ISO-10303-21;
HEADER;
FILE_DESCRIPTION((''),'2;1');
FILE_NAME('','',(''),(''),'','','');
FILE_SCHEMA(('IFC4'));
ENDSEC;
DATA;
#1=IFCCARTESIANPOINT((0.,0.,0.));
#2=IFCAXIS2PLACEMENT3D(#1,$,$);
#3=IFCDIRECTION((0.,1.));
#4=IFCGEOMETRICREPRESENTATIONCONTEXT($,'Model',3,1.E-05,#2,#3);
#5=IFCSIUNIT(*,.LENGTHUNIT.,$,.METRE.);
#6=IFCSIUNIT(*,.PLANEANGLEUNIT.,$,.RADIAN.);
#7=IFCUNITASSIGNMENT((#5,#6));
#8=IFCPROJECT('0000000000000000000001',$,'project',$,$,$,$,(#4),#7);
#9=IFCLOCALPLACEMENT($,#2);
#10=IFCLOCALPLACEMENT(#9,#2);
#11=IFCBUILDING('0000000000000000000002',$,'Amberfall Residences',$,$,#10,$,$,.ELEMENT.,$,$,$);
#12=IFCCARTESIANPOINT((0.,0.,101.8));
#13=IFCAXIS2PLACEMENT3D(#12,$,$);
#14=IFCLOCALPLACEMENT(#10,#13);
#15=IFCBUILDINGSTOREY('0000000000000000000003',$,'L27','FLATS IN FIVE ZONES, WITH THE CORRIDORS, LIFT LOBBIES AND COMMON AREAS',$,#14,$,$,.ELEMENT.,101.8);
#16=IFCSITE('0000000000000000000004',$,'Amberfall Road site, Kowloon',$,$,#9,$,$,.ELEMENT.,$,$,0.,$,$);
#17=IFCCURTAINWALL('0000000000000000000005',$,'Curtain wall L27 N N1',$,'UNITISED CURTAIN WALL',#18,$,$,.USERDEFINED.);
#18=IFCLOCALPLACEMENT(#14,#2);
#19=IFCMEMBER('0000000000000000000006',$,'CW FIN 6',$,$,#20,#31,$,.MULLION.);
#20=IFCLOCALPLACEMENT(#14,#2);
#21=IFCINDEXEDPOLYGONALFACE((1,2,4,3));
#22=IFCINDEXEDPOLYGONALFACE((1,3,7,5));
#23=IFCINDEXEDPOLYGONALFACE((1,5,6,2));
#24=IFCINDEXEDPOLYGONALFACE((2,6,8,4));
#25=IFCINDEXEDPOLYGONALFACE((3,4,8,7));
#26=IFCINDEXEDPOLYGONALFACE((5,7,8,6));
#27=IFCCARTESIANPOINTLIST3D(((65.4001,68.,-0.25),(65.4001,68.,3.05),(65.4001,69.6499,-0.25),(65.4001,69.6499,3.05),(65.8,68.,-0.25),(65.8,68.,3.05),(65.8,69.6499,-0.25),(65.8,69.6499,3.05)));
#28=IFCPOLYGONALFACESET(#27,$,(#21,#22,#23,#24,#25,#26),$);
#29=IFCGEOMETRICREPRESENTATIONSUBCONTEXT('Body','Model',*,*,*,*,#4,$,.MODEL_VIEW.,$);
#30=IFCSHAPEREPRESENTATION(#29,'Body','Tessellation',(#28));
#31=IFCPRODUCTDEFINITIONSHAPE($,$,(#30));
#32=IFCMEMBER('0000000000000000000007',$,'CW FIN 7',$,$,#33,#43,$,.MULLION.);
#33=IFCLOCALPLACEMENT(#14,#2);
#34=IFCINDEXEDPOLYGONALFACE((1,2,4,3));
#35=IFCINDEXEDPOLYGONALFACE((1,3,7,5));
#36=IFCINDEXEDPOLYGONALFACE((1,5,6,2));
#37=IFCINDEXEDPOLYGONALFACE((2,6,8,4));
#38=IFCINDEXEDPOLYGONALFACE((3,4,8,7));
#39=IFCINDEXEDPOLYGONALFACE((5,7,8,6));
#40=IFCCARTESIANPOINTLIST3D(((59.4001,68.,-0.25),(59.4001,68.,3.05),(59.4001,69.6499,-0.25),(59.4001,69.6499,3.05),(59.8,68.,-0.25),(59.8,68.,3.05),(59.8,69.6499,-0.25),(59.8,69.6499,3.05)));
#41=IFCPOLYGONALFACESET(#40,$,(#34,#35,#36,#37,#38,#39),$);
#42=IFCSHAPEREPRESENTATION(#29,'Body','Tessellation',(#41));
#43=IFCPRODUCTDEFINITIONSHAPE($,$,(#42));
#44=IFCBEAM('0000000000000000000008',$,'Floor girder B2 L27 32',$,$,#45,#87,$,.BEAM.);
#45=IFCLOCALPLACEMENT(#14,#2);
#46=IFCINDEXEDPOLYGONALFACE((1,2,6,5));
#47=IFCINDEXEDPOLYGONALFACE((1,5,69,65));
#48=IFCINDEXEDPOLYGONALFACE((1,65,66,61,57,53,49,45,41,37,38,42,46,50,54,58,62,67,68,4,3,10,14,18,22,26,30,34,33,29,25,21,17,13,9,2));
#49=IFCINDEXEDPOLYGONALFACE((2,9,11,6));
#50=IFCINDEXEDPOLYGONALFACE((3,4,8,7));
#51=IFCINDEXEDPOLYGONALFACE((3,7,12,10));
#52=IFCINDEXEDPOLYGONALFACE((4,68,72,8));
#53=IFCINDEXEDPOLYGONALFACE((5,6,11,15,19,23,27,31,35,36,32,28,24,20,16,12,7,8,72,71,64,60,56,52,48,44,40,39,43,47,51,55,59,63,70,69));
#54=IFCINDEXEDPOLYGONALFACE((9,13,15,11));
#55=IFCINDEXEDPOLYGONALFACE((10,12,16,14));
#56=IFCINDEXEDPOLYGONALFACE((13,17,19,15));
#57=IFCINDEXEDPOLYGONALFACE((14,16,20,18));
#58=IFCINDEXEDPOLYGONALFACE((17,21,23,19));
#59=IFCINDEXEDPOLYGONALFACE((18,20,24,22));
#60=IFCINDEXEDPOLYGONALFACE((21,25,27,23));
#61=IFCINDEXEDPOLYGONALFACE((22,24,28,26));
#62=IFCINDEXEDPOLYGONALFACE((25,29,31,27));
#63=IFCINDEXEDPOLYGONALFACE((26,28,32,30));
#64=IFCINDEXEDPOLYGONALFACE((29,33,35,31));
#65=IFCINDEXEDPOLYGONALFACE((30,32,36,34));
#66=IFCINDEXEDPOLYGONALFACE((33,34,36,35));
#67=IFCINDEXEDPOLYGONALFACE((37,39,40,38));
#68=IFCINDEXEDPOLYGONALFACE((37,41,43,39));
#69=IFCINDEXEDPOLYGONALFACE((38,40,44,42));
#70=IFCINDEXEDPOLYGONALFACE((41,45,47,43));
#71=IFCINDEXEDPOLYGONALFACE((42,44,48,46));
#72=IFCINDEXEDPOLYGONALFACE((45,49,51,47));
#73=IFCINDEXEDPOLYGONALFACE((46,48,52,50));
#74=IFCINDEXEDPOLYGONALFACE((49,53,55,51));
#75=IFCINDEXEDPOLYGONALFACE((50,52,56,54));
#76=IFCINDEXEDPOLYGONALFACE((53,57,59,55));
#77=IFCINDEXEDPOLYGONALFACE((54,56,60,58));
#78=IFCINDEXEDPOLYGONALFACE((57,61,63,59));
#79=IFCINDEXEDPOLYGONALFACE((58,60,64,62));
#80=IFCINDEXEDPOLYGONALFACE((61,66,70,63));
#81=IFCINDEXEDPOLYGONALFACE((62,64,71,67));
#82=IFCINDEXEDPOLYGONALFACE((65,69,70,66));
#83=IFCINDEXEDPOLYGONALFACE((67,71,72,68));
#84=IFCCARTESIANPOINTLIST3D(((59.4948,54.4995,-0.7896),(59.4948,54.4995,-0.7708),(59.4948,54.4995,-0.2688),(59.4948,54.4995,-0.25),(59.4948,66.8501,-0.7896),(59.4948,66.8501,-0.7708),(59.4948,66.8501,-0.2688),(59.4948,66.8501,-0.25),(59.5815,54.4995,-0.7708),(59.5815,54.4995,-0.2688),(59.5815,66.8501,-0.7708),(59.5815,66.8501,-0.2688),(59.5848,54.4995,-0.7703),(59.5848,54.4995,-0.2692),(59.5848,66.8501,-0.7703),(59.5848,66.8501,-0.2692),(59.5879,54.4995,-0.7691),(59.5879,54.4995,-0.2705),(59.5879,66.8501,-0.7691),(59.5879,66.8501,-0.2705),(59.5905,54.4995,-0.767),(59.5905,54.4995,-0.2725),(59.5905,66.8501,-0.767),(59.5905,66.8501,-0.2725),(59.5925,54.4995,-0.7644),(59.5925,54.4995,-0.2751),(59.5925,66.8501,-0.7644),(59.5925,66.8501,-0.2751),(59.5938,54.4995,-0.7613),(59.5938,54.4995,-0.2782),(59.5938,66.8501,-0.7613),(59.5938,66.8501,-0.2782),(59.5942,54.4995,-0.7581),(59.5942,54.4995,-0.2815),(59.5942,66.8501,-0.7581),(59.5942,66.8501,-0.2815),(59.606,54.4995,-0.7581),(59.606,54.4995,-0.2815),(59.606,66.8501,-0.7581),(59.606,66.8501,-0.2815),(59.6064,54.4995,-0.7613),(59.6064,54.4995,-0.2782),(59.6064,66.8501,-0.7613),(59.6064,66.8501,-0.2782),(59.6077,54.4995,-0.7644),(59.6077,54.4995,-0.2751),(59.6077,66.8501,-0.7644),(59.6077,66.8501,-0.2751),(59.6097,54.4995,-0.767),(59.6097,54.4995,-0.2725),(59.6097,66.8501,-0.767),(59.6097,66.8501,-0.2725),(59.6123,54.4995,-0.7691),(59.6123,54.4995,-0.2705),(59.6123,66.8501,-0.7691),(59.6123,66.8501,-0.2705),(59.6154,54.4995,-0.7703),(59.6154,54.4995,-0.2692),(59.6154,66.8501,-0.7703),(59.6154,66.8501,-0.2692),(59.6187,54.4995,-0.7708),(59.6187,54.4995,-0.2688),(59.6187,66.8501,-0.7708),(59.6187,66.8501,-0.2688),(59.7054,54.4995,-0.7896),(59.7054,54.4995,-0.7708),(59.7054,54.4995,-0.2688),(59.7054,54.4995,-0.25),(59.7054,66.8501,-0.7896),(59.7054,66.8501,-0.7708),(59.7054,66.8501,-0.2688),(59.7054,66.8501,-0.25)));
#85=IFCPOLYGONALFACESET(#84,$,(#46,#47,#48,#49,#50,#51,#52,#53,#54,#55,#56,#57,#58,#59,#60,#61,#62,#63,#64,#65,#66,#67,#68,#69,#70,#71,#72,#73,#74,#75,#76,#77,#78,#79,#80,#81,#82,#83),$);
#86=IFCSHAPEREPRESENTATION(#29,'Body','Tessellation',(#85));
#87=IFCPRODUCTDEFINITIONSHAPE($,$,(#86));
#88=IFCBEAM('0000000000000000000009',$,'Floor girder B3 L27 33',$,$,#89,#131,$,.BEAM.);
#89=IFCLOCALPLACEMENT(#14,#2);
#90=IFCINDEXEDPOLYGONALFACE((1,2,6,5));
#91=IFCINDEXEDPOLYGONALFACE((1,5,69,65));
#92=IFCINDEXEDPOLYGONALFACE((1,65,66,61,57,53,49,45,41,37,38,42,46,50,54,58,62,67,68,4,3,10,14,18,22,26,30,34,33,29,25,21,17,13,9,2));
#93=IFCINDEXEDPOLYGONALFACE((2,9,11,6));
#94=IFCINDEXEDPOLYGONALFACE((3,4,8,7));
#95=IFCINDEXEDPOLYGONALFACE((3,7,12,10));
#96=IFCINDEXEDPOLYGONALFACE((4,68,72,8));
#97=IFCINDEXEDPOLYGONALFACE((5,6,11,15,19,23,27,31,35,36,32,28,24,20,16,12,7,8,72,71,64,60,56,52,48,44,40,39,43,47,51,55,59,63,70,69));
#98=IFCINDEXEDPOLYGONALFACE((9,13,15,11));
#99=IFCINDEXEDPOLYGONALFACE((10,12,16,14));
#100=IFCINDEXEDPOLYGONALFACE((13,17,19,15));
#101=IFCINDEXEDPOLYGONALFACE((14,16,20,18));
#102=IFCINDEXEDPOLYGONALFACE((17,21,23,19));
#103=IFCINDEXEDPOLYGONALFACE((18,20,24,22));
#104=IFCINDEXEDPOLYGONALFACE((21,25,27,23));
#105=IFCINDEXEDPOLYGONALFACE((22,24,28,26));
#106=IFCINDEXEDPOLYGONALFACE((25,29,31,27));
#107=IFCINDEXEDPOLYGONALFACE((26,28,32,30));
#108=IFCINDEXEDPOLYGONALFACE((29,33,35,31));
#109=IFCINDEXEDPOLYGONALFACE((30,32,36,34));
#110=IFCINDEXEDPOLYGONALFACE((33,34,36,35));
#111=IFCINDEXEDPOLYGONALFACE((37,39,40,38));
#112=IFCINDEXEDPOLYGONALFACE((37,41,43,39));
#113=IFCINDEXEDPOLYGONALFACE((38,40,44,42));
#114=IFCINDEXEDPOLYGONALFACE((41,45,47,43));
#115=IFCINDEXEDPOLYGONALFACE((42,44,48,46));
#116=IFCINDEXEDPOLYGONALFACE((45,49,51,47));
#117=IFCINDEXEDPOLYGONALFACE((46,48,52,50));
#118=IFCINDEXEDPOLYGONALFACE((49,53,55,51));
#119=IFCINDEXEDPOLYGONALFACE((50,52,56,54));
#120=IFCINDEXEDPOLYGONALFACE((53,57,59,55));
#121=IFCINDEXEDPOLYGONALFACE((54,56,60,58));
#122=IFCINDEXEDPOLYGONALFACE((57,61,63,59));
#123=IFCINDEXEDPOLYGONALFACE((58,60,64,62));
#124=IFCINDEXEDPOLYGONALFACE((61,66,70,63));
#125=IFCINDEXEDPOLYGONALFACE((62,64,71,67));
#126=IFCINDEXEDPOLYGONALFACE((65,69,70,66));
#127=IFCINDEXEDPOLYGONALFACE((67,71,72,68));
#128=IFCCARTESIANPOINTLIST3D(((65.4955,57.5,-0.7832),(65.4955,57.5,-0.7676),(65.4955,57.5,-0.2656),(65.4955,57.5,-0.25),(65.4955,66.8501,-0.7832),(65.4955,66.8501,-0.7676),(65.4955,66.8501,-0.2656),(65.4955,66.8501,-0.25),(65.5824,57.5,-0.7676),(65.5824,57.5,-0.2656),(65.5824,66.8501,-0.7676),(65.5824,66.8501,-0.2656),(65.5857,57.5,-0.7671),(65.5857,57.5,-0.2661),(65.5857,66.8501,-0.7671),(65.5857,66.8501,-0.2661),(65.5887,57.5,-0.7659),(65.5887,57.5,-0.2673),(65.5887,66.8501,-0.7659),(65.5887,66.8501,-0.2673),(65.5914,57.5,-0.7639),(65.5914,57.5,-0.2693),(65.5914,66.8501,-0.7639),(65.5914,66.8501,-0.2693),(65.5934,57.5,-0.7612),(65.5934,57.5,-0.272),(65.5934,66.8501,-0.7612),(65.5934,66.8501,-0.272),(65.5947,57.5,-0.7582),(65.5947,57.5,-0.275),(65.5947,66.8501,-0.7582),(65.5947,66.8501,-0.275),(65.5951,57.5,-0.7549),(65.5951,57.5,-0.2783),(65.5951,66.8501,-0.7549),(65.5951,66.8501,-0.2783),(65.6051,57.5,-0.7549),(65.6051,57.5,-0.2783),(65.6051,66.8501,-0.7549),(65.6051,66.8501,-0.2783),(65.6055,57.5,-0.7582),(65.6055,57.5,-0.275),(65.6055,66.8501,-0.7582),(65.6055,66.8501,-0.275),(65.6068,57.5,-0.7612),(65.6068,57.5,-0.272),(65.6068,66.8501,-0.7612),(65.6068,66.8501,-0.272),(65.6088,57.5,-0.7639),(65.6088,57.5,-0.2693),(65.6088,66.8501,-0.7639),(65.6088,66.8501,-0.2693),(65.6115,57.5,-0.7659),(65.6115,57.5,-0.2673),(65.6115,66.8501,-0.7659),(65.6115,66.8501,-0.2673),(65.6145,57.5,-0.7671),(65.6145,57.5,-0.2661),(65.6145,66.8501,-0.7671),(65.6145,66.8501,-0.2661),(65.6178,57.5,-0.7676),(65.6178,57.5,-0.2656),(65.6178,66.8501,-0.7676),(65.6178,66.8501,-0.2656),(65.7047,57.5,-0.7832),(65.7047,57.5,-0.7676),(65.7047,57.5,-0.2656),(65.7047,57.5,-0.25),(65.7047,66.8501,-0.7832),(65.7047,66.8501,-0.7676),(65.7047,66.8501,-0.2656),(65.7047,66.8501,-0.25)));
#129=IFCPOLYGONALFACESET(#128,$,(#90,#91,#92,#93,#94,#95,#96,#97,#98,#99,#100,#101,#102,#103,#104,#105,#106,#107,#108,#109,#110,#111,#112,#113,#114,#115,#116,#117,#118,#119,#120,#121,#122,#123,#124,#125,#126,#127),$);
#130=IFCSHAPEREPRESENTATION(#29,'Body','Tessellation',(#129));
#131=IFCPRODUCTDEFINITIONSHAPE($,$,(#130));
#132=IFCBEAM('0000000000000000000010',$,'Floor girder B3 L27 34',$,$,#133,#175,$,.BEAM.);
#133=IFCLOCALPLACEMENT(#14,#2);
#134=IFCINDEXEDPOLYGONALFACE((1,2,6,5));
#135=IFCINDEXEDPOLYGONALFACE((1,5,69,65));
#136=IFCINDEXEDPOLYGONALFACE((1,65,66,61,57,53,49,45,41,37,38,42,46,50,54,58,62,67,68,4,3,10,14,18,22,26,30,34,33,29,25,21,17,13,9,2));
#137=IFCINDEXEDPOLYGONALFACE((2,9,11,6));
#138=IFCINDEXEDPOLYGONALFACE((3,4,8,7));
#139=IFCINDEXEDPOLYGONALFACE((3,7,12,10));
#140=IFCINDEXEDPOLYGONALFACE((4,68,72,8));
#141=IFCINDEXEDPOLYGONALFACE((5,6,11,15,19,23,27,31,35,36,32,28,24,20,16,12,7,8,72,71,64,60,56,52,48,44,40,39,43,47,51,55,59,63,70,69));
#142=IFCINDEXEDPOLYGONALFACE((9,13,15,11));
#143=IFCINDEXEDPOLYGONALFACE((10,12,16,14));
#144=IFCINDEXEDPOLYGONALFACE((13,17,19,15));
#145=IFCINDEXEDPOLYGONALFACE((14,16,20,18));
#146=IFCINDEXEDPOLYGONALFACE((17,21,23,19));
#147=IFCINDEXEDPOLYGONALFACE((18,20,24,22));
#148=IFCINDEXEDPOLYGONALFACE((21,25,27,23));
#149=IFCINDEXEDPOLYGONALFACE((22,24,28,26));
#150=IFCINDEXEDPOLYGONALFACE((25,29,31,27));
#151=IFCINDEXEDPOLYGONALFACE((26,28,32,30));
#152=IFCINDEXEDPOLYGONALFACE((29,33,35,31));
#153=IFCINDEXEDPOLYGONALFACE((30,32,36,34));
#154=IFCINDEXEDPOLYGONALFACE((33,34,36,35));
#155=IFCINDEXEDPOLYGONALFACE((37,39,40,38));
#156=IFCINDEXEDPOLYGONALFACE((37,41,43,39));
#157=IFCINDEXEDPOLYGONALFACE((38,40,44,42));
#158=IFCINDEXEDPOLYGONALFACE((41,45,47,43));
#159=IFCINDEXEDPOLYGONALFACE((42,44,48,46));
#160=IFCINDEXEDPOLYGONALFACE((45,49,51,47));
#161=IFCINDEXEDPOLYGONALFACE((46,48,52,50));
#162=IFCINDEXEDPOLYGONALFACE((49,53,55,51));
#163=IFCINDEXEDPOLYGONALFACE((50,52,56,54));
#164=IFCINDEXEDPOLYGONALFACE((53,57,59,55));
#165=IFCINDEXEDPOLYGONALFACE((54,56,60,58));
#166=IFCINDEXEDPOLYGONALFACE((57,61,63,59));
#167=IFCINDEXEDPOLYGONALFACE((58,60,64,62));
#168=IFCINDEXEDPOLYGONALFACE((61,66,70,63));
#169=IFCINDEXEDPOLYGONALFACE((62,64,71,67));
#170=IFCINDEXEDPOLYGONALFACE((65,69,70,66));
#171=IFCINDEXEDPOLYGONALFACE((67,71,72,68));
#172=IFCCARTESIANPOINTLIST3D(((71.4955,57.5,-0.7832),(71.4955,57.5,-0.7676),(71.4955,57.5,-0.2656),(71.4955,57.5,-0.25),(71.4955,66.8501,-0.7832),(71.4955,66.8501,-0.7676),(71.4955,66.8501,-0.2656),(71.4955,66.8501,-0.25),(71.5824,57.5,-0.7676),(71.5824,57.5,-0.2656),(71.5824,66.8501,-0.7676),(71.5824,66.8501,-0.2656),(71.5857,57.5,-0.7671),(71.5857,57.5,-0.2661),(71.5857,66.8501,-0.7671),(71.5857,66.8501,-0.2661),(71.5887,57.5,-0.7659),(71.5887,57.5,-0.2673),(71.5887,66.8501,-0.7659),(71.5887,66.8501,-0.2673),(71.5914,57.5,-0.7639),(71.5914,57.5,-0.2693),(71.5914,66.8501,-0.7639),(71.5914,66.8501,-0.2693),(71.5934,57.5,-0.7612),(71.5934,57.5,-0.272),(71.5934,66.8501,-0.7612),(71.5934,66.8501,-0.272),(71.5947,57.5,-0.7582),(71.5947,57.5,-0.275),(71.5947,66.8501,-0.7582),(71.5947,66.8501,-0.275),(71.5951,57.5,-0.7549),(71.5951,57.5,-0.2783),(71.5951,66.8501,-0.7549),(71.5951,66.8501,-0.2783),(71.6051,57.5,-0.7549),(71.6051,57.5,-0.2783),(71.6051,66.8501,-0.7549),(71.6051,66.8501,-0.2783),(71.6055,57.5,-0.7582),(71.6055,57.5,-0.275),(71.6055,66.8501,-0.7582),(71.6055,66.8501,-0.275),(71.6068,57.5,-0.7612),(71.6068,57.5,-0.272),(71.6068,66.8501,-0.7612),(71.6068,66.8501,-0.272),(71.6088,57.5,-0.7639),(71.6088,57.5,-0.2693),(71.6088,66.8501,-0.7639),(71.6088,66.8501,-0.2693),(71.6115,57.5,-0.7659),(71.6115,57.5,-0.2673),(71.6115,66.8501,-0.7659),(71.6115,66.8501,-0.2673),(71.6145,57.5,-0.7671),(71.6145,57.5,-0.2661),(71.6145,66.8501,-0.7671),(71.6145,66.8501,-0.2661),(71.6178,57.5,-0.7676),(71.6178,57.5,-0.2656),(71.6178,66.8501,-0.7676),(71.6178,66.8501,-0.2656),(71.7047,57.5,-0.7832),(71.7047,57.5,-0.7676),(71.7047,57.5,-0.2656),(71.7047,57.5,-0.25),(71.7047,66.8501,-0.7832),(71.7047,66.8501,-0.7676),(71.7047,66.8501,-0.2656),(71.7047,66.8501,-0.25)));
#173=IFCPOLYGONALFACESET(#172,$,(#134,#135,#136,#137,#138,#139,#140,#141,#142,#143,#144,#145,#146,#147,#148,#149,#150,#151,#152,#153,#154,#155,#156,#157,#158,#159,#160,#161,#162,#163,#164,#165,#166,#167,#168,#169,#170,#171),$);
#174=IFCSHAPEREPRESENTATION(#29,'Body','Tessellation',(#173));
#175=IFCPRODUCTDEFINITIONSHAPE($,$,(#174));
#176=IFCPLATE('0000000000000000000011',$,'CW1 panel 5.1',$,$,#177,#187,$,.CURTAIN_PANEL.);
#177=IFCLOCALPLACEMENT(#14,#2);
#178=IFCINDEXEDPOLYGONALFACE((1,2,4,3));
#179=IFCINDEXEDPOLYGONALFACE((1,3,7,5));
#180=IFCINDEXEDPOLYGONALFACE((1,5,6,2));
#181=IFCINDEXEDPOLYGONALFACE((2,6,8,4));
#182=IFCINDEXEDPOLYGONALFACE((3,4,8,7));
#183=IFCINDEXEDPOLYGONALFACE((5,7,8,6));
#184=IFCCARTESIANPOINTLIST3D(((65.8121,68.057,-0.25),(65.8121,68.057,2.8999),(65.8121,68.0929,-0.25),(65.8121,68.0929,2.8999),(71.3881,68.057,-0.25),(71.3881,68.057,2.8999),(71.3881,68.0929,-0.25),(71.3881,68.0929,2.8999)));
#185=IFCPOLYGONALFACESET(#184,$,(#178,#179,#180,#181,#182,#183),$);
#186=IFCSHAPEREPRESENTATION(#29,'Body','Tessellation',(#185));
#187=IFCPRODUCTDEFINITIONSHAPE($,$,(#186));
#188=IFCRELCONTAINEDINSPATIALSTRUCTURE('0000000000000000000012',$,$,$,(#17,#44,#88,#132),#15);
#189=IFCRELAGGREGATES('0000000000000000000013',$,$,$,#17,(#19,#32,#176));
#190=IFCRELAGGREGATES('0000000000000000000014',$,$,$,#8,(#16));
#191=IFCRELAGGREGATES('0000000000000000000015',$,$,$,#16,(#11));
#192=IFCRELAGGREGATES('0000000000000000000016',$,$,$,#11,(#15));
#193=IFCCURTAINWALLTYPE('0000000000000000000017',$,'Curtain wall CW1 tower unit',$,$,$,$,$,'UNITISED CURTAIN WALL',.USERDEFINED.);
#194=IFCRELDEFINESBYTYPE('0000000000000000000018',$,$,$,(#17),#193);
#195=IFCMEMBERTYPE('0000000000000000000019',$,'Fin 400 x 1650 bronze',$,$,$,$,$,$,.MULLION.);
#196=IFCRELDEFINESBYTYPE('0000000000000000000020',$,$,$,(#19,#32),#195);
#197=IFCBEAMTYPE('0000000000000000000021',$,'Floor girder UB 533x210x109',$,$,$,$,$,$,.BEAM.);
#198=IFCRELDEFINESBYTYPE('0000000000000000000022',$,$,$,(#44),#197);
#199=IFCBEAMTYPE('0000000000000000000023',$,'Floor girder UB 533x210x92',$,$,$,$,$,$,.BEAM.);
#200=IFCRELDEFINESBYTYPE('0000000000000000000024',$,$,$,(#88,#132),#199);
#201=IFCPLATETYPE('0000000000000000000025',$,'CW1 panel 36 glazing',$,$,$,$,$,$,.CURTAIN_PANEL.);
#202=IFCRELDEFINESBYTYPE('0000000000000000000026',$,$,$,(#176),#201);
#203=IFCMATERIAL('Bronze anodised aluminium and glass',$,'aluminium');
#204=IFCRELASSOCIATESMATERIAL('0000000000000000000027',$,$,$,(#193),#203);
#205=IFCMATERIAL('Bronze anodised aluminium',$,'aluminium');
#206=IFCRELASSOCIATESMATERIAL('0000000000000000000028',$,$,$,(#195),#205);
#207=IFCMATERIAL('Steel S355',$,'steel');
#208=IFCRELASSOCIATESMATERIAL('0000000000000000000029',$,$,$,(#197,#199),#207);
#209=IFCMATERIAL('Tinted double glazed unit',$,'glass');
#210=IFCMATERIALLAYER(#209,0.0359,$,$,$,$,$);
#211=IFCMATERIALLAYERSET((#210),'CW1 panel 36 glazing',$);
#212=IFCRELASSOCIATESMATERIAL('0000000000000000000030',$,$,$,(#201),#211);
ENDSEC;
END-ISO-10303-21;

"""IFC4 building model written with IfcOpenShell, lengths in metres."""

from ifc_helpers import new_model, si_unit, direction, frame, origin, origin_2d, place, context, subcontext, project, spatial, rectangle, i_section, extrude, material, layer, layer_set, material_profile, profile_set, type_object, element, aggregate, save


model = new_model("IFC4")

# Units and contexts
model_context = context("Model", 3, precision=1e-05, world=origin(), true_north=direction((0.0, 1.0)))
body_context = subcontext(model_context, "Body", "Model", "MODEL_VIEW")
ifc_project = project(units=[si_unit("LENGTHUNIT", "METRE"), si_unit("PLANEANGLEUNIT", "RADIAN")], contexts=[model_context])

# Site, building, storey
site_placement = place(None, origin())
site = spatial("IfcSite", under=ifc_project, at=site_placement, Name="Amberfall Road site, Kowloon", CompositionType="ELEMENT", RefElevation=0.0)
building_placement = place(site_placement, origin())
building = spatial("IfcBuilding", under=site, at=building_placement, Name="Amberfall Residences", CompositionType="ELEMENT")
storey_placement = place(building_placement, frame((0.0, 0.0, 101.8)))
storey = spatial("IfcBuildingStorey", under=building, at=storey_placement, Name="L27", Description="FLATS IN FIVE ZONES, WITH THE CORRIDORS, LIFT LOBBIES AND COMMON AREAS", CompositionType="ELEMENT", Elevation=101.8)

# Curtain wall
ifc_material_1 = material(Name="Bronze anodised aluminium and glass", Category="aluminium")
curtain_wall_type = type_object("IfcCurtainWallType", Name="Curtain wall CW1 tower unit", ElementType="UNITISED CURTAIN WALL", PredefinedType="USERDEFINED", material=ifc_material_1)
curtain_wall_placement = place(storey_placement, origin())
curtain_wall = element("IfcCurtainWall", 1, at=curtain_wall_placement, inside=storey, type_object=curtain_wall_type, Name="Curtain wall L27 N N1", ObjectType="UNITISED CURTAIN WALL", PredefinedType="USERDEFINED")
ifc_material_2 = material(Name="Bronze anodised aluminium", Category="aluminium")

# Shared definitions
ifc_material_3 = material(Name="Steel S355", Category="steel")

# Members
ifc_material_profile_1 = material_profile(ifc_material_2, rectangle(XDim=1.6499, YDim=0.3999, at=origin_2d()), Name="Fin 400 x 1650 bronze")
ifc_profile_set_1 = profile_set([ifc_material_profile_1], Name="Bronze anodised aluminium")
member_type_1 = type_object("IfcMemberType", Name="Fin 400 x 1650 bronze", PredefinedType="MULLION", material=ifc_profile_set_1)
member_1_placement = place(storey_placement, frame((65.6001, 68.825, -0.25), z_axis=(0.0, 0.0, 1.0), x_axis=(0.0, -1.0, 0.0)))
member_1 = element("IfcMember", 2, at=member_1_placement, type_object=member_type_1, Name="CW FIN 6", PredefinedType="MULLION", context=body_context, shape_type="SweptSolid", body=[
    extrude(rectangle(XDim=1.6499, YDim=0.3999, at=origin_2d()), origin(), (0.0, 0.0, 1.0), 3.3),
])
member_2_placement = place(storey_placement, frame((59.6001, 68.825, -0.25), z_axis=(0.0, 0.0, 1.0), x_axis=(0.0, -1.0, 0.0)))
member_2 = element("IfcMember", 3, at=member_2_placement, type_object=member_type_1, Name="CW FIN 7", PredefinedType="MULLION", context=body_context, shape_type="SweptSolid", body=[
    extrude(rectangle(XDim=1.6499, YDim=0.3999, at=origin_2d()), origin(), (0.0, 0.0, 1.0), 3.3),
])

# Beams
ifc_material_profile_2 = material_profile(ifc_material_3, i_section(OverallWidth=0.2107, OverallDepth=0.5396, WebThickness=0.0117, FlangeThickness=0.0188, FilletRadius=0.0127, at=origin_2d()), Name="UB 533x210x109")
ifc_profile_set_2 = profile_set([ifc_material_profile_2], Name="Steel S355")
beam_type_1 = type_object("IfcBeamType", Name="Floor girder UB 533x210x109", PredefinedType="BEAM", material=ifc_profile_set_2)
beam_placement = place(storey_placement, frame((59.6001, 66.8501, -0.5198), z_axis=(0.0, -1.0, 0.0), x_axis=(1.0, 0.0, 0.0)))
element("IfcBeam", 4, at=beam_placement, inside=storey, type_object=beam_type_1, Name="Floor girder B2 L27 32", PredefinedType="BEAM", context=body_context, shape_type="SweptSolid", body=[
    extrude(i_section(OverallWidth=0.2107, OverallDepth=0.5396, WebThickness=0.0117, FlangeThickness=0.0188, FilletRadius=0.0127, at=origin_2d()), origin(), (0.0, 0.0, 1.0), 12.3506),
])
ifc_material_profile_3 = material_profile(ifc_material_3, i_section(OverallWidth=0.2092, OverallDepth=0.5332, WebThickness=0.01, FlangeThickness=0.0156, FilletRadius=0.0127, at=origin_2d()), Name="UB 533x210x92")
ifc_profile_set_3 = profile_set([ifc_material_profile_3], Name="Steel S355")
beam_type_2 = type_object("IfcBeamType", Name="Floor girder UB 533x210x92", PredefinedType="BEAM", material=ifc_profile_set_3)
for number, where, z_axis, x_axis, name in (
    (5, (65.6001, 66.8501, -0.5166), (0.0, -1.0, 0.0), (1.0, 0.0, 0.0), "Floor girder B3 L27 33"),
    (6, (71.6001, 66.8501, -0.5166), (0.0, -1.0, 0.0), (1.0, 0.0, 0.0), "Floor girder B3 L27 34"),
):
    element("IfcBeam", number, at=place(storey_placement, frame(where, z_axis=z_axis, x_axis=x_axis)), inside=storey, type_object=beam_type_2, Name=name, PredefinedType="BEAM", context=body_context, shape_type="SweptSolid", body=[
        extrude(i_section(OverallWidth=0.2092, OverallDepth=0.5332, WebThickness=0.01, FlangeThickness=0.0156, FilletRadius=0.0127, at=origin_2d()), origin(), (0.0, 0.0, 1.0), 9.3501),
    ])

# Plate
ifc_material_4 = material(Name="Tinted double glazed unit", Category="glass")
ifc_layer_1 = layer(ifc_material_4, 0.0359)
ifc_layer_set_1 = layer_set([ifc_layer_1], Name="CW1 panel 36 glazing")
plate_type = type_object("IfcPlateType", Name="CW1 panel 36 glazing", PredefinedType="CURTAIN_PANEL", material=ifc_layer_set_1)
plate_1_placement = place(storey_placement, frame((68.6001, 68.075, -0.25), z_axis=(0.0, 0.0, 1.0), x_axis=(-1.0, 0.0, 0.0)))
plate_1 = element("IfcPlate", 7, at=plate_1_placement, type_object=plate_type, Name="CW1 panel 5.1", PredefinedType="CURTAIN_PANEL", context=body_context, shape_type="SweptSolid", body=[
    extrude(rectangle(XDim=5.5759, YDim=0.0359, at=origin_2d()), origin(), (0.0, 0.0, 1.0), 3.1499),
])
aggregate(curtain_wall, [member_1, member_2, plate_1])

save(model, "model.ifc")
